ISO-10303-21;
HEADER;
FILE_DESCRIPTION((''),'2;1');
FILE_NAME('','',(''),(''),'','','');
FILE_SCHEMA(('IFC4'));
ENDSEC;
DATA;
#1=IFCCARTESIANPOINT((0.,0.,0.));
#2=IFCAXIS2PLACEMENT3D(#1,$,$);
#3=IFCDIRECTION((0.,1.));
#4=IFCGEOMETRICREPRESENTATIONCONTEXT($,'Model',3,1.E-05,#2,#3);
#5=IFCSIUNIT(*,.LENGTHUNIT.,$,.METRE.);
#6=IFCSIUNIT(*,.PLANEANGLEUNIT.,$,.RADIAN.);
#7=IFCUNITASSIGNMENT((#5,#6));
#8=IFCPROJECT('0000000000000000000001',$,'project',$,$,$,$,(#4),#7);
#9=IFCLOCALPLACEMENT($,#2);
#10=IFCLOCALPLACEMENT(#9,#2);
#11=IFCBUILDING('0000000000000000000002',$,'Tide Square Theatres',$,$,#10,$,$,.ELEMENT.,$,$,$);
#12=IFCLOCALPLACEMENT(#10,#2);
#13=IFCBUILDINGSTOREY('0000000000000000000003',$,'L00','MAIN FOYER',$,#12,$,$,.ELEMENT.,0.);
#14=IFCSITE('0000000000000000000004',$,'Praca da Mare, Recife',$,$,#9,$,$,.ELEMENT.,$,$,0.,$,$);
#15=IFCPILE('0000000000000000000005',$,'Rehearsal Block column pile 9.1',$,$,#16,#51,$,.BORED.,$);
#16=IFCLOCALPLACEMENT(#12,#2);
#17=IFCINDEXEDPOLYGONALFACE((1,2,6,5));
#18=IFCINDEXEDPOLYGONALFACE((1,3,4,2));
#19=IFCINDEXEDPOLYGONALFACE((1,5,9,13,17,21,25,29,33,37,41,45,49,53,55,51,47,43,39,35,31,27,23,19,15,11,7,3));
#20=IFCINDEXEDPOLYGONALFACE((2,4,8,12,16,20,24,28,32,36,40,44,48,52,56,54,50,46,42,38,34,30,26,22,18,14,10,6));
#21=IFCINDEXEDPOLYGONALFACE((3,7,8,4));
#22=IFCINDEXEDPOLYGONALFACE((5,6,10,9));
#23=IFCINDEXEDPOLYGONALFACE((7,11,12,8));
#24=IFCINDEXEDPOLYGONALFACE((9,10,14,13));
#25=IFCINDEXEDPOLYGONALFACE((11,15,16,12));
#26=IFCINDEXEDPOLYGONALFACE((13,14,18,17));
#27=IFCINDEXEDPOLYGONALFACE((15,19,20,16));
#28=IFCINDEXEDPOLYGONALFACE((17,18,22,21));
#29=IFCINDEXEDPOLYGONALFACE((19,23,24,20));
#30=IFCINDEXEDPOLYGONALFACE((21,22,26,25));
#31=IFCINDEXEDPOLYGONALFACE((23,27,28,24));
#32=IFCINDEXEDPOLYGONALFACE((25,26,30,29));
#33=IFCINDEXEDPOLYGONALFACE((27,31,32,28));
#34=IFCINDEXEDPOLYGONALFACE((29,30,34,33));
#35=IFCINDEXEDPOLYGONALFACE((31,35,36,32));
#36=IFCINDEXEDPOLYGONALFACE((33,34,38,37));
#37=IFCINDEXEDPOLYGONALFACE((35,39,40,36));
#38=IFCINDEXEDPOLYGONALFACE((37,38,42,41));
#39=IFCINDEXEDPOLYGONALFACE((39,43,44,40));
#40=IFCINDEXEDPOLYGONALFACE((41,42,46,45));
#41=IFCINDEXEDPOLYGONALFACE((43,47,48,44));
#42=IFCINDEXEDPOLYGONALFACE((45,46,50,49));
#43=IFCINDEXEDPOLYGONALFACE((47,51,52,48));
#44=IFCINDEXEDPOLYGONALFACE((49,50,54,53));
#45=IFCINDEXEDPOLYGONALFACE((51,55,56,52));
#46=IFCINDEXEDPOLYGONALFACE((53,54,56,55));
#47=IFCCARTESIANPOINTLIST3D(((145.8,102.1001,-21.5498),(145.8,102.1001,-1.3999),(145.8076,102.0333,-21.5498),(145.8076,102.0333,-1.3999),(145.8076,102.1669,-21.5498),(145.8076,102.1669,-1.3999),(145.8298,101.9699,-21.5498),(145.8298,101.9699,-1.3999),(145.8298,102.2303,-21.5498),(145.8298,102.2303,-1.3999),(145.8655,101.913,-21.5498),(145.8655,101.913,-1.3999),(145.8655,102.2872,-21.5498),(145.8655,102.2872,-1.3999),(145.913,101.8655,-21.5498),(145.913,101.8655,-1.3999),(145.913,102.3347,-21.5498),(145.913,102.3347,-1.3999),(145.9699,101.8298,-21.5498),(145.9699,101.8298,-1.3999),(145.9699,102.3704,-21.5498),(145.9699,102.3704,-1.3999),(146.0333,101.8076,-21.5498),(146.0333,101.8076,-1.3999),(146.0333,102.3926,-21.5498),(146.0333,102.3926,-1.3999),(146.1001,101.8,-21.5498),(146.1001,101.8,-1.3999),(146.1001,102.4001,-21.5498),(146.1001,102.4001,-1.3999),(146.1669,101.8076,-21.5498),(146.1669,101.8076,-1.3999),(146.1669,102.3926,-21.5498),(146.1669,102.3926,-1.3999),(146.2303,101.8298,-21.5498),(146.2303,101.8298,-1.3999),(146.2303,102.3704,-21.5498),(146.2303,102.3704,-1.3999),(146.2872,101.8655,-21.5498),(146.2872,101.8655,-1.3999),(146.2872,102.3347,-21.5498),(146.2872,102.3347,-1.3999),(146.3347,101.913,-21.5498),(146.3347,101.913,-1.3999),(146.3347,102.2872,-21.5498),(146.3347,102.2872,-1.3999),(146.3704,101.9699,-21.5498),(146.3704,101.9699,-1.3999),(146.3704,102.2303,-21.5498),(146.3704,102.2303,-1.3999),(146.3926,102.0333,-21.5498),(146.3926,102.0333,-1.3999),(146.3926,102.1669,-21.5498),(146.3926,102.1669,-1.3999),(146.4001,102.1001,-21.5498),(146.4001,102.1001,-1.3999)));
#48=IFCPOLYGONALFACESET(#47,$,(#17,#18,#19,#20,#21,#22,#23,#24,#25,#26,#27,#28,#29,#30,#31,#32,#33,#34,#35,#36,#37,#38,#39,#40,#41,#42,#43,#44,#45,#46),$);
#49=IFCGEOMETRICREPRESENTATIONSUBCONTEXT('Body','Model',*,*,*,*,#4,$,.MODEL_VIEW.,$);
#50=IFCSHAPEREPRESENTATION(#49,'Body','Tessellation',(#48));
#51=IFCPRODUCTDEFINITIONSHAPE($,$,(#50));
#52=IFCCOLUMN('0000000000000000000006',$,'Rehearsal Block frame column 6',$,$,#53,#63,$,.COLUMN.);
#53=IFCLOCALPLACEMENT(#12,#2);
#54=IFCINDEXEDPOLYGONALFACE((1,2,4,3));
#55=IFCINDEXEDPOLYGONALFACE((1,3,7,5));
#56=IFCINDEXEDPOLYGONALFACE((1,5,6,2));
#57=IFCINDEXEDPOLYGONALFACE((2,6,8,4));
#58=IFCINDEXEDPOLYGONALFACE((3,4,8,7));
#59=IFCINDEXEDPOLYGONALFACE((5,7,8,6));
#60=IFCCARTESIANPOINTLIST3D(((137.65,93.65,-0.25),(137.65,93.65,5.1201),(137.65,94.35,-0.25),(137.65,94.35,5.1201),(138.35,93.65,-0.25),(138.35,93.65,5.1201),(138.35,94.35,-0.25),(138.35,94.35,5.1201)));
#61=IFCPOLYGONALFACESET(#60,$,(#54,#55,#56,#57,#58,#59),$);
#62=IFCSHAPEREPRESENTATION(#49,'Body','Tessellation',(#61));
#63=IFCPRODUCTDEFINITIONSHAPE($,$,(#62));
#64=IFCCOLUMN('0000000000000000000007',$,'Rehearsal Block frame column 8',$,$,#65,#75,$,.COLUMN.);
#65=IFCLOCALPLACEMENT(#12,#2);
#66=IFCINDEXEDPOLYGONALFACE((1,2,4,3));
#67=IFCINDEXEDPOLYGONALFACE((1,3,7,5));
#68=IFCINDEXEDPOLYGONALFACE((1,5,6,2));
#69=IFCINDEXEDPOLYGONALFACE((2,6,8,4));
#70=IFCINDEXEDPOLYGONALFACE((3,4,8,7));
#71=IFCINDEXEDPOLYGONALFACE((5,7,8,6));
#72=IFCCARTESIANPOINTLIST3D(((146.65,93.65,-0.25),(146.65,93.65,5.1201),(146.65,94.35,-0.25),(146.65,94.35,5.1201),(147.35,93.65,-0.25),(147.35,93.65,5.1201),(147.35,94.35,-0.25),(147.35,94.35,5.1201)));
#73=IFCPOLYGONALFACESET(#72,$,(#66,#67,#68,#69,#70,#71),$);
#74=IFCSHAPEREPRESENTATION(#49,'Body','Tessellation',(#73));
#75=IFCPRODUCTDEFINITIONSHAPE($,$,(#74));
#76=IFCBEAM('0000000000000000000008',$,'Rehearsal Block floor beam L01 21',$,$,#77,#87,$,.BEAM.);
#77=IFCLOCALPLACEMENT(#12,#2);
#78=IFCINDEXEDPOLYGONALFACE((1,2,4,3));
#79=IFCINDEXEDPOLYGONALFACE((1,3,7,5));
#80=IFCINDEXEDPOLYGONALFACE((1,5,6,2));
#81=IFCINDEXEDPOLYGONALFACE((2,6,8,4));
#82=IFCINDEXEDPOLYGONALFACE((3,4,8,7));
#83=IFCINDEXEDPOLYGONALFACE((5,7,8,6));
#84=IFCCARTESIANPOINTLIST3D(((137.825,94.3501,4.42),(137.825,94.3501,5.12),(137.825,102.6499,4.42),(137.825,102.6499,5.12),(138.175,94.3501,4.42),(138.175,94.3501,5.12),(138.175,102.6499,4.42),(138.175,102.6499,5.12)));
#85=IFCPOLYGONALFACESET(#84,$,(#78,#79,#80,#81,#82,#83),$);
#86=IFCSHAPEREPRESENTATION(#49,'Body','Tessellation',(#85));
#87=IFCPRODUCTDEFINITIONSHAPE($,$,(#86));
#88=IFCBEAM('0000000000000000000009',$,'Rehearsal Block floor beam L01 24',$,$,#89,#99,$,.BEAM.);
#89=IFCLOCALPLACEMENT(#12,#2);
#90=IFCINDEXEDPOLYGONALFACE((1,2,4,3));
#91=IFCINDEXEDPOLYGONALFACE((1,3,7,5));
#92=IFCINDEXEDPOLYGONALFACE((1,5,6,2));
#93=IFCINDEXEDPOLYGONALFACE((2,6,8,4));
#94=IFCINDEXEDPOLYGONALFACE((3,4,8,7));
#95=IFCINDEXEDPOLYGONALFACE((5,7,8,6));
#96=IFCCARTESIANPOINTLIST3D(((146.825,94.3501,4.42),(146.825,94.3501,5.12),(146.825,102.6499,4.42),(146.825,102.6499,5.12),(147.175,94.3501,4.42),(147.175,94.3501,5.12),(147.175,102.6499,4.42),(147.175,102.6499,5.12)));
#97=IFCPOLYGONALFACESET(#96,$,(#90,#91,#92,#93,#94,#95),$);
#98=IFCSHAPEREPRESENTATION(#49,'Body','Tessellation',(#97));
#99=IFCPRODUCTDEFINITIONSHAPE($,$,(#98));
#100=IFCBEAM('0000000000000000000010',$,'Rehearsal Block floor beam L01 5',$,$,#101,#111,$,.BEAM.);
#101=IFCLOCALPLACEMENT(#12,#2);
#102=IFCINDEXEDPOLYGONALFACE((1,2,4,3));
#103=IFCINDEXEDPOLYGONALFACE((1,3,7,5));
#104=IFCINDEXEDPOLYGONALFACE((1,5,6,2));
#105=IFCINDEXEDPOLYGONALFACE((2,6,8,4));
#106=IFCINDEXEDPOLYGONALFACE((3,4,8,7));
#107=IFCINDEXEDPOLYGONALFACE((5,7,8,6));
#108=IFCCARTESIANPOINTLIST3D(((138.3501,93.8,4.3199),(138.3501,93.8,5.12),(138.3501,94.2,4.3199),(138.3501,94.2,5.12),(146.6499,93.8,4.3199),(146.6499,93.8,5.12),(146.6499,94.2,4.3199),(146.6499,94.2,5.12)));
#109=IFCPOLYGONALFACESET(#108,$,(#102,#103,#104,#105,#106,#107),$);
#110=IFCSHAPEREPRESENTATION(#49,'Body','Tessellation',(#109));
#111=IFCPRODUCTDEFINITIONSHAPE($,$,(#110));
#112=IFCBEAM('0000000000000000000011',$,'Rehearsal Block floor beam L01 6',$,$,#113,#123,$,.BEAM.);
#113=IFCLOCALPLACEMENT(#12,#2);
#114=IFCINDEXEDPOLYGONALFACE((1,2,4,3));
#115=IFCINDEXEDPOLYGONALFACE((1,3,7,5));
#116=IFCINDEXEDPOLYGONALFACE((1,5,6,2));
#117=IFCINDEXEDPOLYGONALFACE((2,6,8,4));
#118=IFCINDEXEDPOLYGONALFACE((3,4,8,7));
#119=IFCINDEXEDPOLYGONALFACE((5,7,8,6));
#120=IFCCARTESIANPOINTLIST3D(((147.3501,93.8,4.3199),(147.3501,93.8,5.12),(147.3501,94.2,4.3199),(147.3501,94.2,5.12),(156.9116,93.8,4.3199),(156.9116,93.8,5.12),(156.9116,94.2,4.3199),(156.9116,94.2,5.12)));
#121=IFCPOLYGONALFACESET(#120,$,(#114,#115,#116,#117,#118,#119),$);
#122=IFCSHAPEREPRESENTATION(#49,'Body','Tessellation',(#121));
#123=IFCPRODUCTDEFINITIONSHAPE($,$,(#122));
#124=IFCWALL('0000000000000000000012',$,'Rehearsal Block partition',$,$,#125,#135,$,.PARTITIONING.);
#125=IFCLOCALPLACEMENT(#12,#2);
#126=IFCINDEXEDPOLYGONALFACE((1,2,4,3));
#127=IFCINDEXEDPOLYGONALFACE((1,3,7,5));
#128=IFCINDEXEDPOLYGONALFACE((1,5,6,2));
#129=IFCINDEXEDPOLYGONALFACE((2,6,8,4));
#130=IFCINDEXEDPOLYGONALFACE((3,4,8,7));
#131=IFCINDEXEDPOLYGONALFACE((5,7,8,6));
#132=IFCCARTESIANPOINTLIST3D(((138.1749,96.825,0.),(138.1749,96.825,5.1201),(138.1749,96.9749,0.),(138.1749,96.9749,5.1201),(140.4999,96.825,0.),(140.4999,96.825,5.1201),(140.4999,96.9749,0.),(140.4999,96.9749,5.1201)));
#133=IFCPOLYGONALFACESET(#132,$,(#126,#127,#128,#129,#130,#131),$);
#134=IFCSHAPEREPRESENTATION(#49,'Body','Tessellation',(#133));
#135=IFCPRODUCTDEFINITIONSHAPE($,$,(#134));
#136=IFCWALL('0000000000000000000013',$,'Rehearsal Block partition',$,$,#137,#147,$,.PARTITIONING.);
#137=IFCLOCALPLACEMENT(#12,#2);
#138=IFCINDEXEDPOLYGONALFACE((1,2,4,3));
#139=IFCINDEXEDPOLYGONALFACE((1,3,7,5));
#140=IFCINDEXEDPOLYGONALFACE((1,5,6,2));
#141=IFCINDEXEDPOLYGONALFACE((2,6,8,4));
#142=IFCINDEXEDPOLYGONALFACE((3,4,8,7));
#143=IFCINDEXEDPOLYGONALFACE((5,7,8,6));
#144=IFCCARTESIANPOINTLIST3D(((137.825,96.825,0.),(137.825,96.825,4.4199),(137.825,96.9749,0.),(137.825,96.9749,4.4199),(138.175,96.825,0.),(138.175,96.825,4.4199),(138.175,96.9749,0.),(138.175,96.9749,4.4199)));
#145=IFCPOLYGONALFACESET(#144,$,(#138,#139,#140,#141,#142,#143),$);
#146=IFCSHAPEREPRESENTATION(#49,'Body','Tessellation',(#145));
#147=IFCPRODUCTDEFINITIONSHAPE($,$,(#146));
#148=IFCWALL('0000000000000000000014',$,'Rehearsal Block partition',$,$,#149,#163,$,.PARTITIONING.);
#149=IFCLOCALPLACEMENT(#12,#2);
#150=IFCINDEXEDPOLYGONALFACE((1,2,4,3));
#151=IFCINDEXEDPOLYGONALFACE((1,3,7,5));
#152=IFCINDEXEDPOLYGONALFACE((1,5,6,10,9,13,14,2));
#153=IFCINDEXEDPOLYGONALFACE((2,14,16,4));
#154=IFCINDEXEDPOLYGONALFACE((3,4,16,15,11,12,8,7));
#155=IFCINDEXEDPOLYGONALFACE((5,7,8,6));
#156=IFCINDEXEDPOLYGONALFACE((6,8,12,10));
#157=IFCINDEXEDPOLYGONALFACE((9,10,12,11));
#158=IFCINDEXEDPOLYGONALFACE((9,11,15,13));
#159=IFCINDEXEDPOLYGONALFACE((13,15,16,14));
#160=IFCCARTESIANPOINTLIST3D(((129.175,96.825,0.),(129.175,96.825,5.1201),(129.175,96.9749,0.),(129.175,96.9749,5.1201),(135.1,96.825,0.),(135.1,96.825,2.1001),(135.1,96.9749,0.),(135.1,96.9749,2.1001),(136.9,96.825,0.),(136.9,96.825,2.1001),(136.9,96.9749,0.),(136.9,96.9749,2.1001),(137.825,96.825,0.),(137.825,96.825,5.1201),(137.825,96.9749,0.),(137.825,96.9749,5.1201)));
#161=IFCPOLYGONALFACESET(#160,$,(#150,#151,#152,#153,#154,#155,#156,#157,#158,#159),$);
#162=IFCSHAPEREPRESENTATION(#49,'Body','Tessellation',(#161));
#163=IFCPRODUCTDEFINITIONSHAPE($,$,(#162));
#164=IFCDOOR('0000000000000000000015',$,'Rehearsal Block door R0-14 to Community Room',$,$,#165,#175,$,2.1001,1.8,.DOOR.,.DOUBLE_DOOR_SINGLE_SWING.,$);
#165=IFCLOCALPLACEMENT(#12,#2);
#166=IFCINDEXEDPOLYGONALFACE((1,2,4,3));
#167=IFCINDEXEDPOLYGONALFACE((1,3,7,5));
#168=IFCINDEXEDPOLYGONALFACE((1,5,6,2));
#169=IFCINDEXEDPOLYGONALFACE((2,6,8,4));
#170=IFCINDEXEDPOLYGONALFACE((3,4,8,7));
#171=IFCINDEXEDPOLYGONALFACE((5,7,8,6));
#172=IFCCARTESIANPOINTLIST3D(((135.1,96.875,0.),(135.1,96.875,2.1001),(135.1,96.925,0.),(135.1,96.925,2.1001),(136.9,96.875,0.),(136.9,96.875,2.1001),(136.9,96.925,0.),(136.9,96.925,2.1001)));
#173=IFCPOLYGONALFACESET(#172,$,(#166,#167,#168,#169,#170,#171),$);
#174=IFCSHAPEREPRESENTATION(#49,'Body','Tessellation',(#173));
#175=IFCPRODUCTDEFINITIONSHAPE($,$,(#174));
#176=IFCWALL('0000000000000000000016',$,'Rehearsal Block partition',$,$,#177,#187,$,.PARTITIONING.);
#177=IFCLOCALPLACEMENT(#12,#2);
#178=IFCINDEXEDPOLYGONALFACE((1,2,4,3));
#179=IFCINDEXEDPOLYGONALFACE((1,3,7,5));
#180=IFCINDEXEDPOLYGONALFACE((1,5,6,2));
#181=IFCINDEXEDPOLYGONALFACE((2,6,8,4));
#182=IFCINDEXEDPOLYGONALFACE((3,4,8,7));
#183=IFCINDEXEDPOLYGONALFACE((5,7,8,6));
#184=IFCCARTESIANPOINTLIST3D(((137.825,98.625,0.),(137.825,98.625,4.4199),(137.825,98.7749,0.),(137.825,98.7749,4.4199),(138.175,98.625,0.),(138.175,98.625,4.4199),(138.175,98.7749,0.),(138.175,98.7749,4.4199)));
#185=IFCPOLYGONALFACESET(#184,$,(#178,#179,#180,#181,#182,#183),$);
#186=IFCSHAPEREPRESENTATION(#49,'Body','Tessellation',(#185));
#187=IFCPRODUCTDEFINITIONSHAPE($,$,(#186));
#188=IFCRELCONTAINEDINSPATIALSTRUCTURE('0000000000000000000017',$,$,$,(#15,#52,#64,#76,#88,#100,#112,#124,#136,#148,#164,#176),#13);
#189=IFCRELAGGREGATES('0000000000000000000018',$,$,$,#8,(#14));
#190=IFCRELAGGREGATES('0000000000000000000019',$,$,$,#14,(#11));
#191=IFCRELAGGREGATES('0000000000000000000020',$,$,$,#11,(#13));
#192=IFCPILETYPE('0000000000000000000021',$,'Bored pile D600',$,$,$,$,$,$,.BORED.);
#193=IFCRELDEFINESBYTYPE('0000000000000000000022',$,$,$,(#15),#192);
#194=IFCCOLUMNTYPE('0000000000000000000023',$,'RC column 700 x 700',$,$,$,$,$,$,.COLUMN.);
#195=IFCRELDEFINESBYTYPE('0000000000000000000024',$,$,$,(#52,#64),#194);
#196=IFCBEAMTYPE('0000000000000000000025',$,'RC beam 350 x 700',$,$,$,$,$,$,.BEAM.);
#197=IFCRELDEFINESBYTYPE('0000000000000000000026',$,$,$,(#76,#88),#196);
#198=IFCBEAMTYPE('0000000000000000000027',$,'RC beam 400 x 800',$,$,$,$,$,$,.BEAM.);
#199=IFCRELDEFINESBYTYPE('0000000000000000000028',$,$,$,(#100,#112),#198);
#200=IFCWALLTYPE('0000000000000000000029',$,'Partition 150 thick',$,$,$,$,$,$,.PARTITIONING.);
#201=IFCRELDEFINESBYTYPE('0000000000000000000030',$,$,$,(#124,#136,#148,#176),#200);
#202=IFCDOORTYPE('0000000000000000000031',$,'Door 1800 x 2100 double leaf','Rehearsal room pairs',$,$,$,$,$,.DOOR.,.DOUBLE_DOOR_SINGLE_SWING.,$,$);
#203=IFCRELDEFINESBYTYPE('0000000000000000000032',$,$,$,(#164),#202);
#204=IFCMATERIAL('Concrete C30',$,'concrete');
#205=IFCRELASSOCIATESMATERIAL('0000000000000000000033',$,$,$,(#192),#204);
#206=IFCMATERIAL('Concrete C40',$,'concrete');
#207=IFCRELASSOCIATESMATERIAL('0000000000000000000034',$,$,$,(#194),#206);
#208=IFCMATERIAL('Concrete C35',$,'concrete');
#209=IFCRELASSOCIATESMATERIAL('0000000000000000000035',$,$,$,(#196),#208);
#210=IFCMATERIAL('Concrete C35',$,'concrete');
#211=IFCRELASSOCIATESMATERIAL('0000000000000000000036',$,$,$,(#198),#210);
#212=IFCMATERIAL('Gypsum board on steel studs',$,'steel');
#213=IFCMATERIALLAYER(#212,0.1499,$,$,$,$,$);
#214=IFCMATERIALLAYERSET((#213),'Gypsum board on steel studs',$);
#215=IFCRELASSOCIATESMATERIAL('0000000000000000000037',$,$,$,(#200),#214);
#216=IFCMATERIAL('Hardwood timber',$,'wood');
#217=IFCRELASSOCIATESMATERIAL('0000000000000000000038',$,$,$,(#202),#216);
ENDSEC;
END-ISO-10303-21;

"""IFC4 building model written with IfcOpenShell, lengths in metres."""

from ifc_helpers import new_model, si_unit, direction, frame, frame_2d, origin, origin_2d, place, context, subcontext, project, spatial, rectangle, circle, extrude, material, layer, layer_set, material_profile, profile_set, type_object, element, fill, save


model = new_model("IFC4")

# Units and contexts
model_context = context("Model", 3, precision=1e-05, world=origin(), true_north=direction((0.0, 1.0)))
body_context = subcontext(model_context, "Body", "Model", "MODEL_VIEW")
ifc_project = project(units=[si_unit("LENGTHUNIT", "METRE"), si_unit("PLANEANGLEUNIT", "RADIAN")], contexts=[model_context])

# Site, building, storey
site_placement = place(None, origin())
site = spatial("IfcSite", under=ifc_project, at=site_placement, Name="Praca da Mare, Recife", CompositionType="ELEMENT", RefElevation=0.0)
building_placement = place(site_placement, origin())
building = spatial("IfcBuilding", under=site, at=building_placement, Name="Tide Square Theatres", CompositionType="ELEMENT")
storey_placement = place(building_placement, origin())
storey = spatial("IfcBuildingStorey", under=building, at=storey_placement, Name="L00", Description="MAIN FOYER", CompositionType="ELEMENT", Elevation=0.0)

# Pile
ifc_material_1 = material(Name="Concrete C30", Category="concrete")
ifc_material_profile_1 = material_profile(ifc_material_1, circle(Radius=0.3, at=origin_2d()))
ifc_profile_set_1 = profile_set([ifc_material_profile_1], Name="Concrete C30")
pile_type = type_object("IfcPileType", Name="Bored pile D600", PredefinedType="BORED", material=ifc_profile_set_1)
for number, where, z_axis, x_axis, name in (
    (1, (146.1001, 102.1001, -1.3999), (0.0, 0.0, -1.0), (1.0, 0.0, 0.0), "Rehearsal Block column pile 9.1"),
):
    element("IfcPile", number, at=place(storey_placement, frame(where, z_axis=z_axis, x_axis=x_axis)), inside=storey, type_object=pile_type, Name=name, PredefinedType="BORED", context=body_context, shape_type="SweptSolid", body=[
        extrude(circle(Radius=0.3, at=origin_2d()), origin(), (0.0, 0.0, 1.0), 20.1499),
    ])

# Columns
ifc_material_2 = material(Name="Concrete C40", Category="concrete")
ifc_material_profile_2 = material_profile(ifc_material_2, rectangle(XDim=0.7, YDim=0.7, at=origin_2d()))
ifc_profile_set_2 = profile_set([ifc_material_profile_2], Name="Concrete C40")
column_type = type_object("IfcColumnType", Name="RC column 700 x 700", PredefinedType="COLUMN", material=ifc_profile_set_2)
for number, where, z_axis, x_axis, name in (
    (2, (138.0, 94.0, -0.25), (0.0, 0.0, 1.0), (1.0, 0.0, 0.0), "Rehearsal Block frame column 6"),
    (3, (147.0, 94.0, -0.25), (0.0, 0.0, 1.0), (1.0, 0.0, 0.0), "Rehearsal Block frame column 8"),
):
    element("IfcColumn", number, at=place(storey_placement, frame(where, z_axis=z_axis, x_axis=x_axis)), inside=storey, type_object=column_type, Name=name, PredefinedType="COLUMN", context=body_context, shape_type="SweptSolid", body=[
        extrude(rectangle(XDim=0.7, YDim=0.7, at=origin_2d()), origin(), (0.0, 0.0, 1.0), 5.3701),
    ])

# Beams
ifc_material_3 = material(Name="Concrete C35", Category="concrete")
ifc_material_profile_3 = material_profile(ifc_material_3, rectangle(XDim=0.3501, YDim=0.7, at=origin_2d()))
ifc_profile_set_3 = profile_set([ifc_material_profile_3], Name="Concrete C35")
beam_type_1 = type_object("IfcBeamType", Name="RC beam 350 x 700", PredefinedType="BEAM", material=ifc_profile_set_3)
for number, where, z_axis, x_axis, name in (
    (4, (138.0, 94.3501, 4.77), (0.0, 1.0, 0.0), (-1.0, 0.0, 0.0), "Rehearsal Block floor beam L01 21"),
    (5, (147.0, 94.3501, 4.77), (0.0, 1.0, 0.0), (-1.0, 0.0, 0.0), "Rehearsal Block floor beam L01 24"),
):
    element("IfcBeam", number, at=place(storey_placement, frame(where, z_axis=z_axis, x_axis=x_axis)), inside=storey, type_object=beam_type_1, Name=name, PredefinedType="BEAM", context=body_context, shape_type="SweptSolid", body=[
        extrude(rectangle(XDim=0.3501, YDim=0.7, at=origin_2d()), origin(), (0.0, 0.0, 1.0), 8.2998),
    ])
ifc_material_4 = material(Name="Concrete C35", Category="concrete")
ifc_material_profile_4 = material_profile(ifc_material_4, rectangle(XDim=0.3999, YDim=0.8, at=origin_2d()))
ifc_profile_set_4 = profile_set([ifc_material_profile_4], Name="Concrete C35")
beam_type_2 = type_object("IfcBeamType", Name="RC beam 400 x 800", PredefinedType="BEAM", material=ifc_profile_set_4)
beam_1_placement = place(storey_placement, frame((138.3501, 94.0, 4.72), z_axis=(1.0, 0.0, 0.0), x_axis=(0.0, 1.0, 0.0)))
element("IfcBeam", 6, at=beam_1_placement, inside=storey, type_object=beam_type_2, Name="Rehearsal Block floor beam L01 5", PredefinedType="BEAM", context=body_context, shape_type="SweptSolid", body=[
    extrude(rectangle(XDim=0.3999, YDim=0.8, at=origin_2d()), origin(), (0.0, 0.0, 1.0), 8.2998),
])
beam_2_placement = place(storey_placement, frame((147.3501, 94.0, 4.72), z_axis=(1.0, 0.0, 0.0), x_axis=(0.0, 1.0, 0.0)))
element("IfcBeam", 7, at=beam_2_placement, inside=storey, type_object=beam_type_2, Name="Rehearsal Block floor beam L01 6", PredefinedType="BEAM", context=body_context, shape_type="SweptSolid", body=[
    extrude(rectangle(XDim=0.3999, YDim=0.8, at=origin_2d()), origin(), (0.0, 0.0, 1.0), 9.5615),
])

# Walls
ifc_material_5 = material(Name="Gypsum board on steel studs", Category="steel")
ifc_layer = layer(ifc_material_5, 0.1499)
ifc_layer_set = layer_set([ifc_layer], Name="Gypsum board on steel studs")
wall_type = type_object("IfcWallType", Name="Partition 150 thick", PredefinedType="PARTITIONING", material=ifc_layer_set)
wall_1_placement = place(storey_placement, frame((140.5, 96.8999, 0.0), z_axis=(0.0, 0.0, 1.0), x_axis=(-1.0, 0.0, 0.0)))
element("IfcWall", 8, at=wall_1_placement, inside=storey, type_object=wall_type, Name="Rehearsal Block partition", PredefinedType="PARTITIONING", context=body_context, shape_type="SweptSolid", body=[
    extrude(rectangle(XDim=2.325, YDim=0.1499, at=frame_2d((1.1626, 0.0))), origin(), (0.0, 0.0, 1.0), 5.1201),
])
wall_2_placement = place(storey_placement, frame((138.175, 96.8999, 0.0), z_axis=(0.0, 0.0, 1.0), x_axis=(-1.0, 0.0, 0.0)))
element("IfcWall", 9, at=wall_2_placement, inside=storey, type_object=wall_type, Name="Rehearsal Block partition", PredefinedType="PARTITIONING", context=body_context, shape_type="SweptSolid", body=[
    extrude(rectangle(XDim=0.3501, YDim=0.1499, at=frame_2d((0.175, 0.0))), origin(), (0.0, 0.0, 1.0), 4.4199),
])

# Wall, opening, door
wall_3_placement = place(storey_placement, frame((137.825, 96.8999, 0.0), z_axis=(0.0, 0.0, 1.0), x_axis=(-1.0, 0.0, 0.0)))
wall_3 = element("IfcWall", 10, at=wall_3_placement, inside=storey, type_object=wall_type, Name="Rehearsal Block partition", PredefinedType="PARTITIONING", context=body_context, shape_type="SweptSolid", body=[
    extrude(rectangle(XDim=8.6499, YDim=0.1499, at=frame_2d((4.325, 0.0))), origin(), (0.0, 0.0, 1.0), 5.1201),
])
opening_1_placement = place(wall_3_placement, frame((0.925, 0.0, 0.0)))
opening_1 = element("IfcOpeningElement", 11, at=opening_1_placement, cuts=wall_3, PredefinedType="OPENING", context=body_context, shape_type="SweptSolid", body=[
    extrude(rectangle(XDim=1.8, YDim=2.1001, at=frame_2d((0.8999, 1.05))), frame((0.0, 0.085, 0.0), z_axis=(0.0, -1.0, 0.0), x_axis=(1.0, 0.0, 0.0)), (0.0, 0.0, 1.0), 0.1699),
])
ifc_material_6 = material(Name="Hardwood timber", Category="wood")
door_type_1 = type_object("IfcDoorType", Name="Door 1800 x 2100 double leaf", Description="Rehearsal room pairs", OperationType="DOUBLE_DOOR_SINGLE_SWING", PredefinedType="DOOR", material=ifc_material_6)
door_1_placement = place(opening_1_placement, origin())
door_1 = element("IfcDoor", 12, at=door_1_placement, inside=storey, type_object=door_type_1, Name="Rehearsal Block door R0-14 to Community Room", OperationType="DOUBLE_DOOR_SINGLE_SWING", OverallHeight=2.1001, OverallWidth=1.8, PredefinedType="DOOR", context=body_context, shape_type="SweptSolid", body=[
    extrude(rectangle(XDim=1.8, YDim=2.1001, at=frame_2d((0.8999, 1.05))), frame((0.0, 0.0249, 0.0), z_axis=(0.0, -1.0, 0.0), x_axis=(1.0, 0.0, 0.0)), (0.0, 0.0, 1.0), 0.05),
])
fill(opening_1, door_1)

# Wall
wall_4_placement = place(storey_placement, frame((137.825, 98.7, 0.0), z_axis=(0.0, 0.0, 1.0), x_axis=(1.0, 0.0, 0.0)))
element("IfcWall", 13, at=wall_4_placement, inside=storey, type_object=wall_type, Name="Rehearsal Block partition", PredefinedType="PARTITIONING", context=body_context, shape_type="SweptSolid", body=[
    extrude(rectangle(XDim=0.3501, YDim=0.1499, at=frame_2d((0.175, 0.0))), origin(), (0.0, 0.0, 1.0), 4.4199),
])

save(model, "model.ifc")
